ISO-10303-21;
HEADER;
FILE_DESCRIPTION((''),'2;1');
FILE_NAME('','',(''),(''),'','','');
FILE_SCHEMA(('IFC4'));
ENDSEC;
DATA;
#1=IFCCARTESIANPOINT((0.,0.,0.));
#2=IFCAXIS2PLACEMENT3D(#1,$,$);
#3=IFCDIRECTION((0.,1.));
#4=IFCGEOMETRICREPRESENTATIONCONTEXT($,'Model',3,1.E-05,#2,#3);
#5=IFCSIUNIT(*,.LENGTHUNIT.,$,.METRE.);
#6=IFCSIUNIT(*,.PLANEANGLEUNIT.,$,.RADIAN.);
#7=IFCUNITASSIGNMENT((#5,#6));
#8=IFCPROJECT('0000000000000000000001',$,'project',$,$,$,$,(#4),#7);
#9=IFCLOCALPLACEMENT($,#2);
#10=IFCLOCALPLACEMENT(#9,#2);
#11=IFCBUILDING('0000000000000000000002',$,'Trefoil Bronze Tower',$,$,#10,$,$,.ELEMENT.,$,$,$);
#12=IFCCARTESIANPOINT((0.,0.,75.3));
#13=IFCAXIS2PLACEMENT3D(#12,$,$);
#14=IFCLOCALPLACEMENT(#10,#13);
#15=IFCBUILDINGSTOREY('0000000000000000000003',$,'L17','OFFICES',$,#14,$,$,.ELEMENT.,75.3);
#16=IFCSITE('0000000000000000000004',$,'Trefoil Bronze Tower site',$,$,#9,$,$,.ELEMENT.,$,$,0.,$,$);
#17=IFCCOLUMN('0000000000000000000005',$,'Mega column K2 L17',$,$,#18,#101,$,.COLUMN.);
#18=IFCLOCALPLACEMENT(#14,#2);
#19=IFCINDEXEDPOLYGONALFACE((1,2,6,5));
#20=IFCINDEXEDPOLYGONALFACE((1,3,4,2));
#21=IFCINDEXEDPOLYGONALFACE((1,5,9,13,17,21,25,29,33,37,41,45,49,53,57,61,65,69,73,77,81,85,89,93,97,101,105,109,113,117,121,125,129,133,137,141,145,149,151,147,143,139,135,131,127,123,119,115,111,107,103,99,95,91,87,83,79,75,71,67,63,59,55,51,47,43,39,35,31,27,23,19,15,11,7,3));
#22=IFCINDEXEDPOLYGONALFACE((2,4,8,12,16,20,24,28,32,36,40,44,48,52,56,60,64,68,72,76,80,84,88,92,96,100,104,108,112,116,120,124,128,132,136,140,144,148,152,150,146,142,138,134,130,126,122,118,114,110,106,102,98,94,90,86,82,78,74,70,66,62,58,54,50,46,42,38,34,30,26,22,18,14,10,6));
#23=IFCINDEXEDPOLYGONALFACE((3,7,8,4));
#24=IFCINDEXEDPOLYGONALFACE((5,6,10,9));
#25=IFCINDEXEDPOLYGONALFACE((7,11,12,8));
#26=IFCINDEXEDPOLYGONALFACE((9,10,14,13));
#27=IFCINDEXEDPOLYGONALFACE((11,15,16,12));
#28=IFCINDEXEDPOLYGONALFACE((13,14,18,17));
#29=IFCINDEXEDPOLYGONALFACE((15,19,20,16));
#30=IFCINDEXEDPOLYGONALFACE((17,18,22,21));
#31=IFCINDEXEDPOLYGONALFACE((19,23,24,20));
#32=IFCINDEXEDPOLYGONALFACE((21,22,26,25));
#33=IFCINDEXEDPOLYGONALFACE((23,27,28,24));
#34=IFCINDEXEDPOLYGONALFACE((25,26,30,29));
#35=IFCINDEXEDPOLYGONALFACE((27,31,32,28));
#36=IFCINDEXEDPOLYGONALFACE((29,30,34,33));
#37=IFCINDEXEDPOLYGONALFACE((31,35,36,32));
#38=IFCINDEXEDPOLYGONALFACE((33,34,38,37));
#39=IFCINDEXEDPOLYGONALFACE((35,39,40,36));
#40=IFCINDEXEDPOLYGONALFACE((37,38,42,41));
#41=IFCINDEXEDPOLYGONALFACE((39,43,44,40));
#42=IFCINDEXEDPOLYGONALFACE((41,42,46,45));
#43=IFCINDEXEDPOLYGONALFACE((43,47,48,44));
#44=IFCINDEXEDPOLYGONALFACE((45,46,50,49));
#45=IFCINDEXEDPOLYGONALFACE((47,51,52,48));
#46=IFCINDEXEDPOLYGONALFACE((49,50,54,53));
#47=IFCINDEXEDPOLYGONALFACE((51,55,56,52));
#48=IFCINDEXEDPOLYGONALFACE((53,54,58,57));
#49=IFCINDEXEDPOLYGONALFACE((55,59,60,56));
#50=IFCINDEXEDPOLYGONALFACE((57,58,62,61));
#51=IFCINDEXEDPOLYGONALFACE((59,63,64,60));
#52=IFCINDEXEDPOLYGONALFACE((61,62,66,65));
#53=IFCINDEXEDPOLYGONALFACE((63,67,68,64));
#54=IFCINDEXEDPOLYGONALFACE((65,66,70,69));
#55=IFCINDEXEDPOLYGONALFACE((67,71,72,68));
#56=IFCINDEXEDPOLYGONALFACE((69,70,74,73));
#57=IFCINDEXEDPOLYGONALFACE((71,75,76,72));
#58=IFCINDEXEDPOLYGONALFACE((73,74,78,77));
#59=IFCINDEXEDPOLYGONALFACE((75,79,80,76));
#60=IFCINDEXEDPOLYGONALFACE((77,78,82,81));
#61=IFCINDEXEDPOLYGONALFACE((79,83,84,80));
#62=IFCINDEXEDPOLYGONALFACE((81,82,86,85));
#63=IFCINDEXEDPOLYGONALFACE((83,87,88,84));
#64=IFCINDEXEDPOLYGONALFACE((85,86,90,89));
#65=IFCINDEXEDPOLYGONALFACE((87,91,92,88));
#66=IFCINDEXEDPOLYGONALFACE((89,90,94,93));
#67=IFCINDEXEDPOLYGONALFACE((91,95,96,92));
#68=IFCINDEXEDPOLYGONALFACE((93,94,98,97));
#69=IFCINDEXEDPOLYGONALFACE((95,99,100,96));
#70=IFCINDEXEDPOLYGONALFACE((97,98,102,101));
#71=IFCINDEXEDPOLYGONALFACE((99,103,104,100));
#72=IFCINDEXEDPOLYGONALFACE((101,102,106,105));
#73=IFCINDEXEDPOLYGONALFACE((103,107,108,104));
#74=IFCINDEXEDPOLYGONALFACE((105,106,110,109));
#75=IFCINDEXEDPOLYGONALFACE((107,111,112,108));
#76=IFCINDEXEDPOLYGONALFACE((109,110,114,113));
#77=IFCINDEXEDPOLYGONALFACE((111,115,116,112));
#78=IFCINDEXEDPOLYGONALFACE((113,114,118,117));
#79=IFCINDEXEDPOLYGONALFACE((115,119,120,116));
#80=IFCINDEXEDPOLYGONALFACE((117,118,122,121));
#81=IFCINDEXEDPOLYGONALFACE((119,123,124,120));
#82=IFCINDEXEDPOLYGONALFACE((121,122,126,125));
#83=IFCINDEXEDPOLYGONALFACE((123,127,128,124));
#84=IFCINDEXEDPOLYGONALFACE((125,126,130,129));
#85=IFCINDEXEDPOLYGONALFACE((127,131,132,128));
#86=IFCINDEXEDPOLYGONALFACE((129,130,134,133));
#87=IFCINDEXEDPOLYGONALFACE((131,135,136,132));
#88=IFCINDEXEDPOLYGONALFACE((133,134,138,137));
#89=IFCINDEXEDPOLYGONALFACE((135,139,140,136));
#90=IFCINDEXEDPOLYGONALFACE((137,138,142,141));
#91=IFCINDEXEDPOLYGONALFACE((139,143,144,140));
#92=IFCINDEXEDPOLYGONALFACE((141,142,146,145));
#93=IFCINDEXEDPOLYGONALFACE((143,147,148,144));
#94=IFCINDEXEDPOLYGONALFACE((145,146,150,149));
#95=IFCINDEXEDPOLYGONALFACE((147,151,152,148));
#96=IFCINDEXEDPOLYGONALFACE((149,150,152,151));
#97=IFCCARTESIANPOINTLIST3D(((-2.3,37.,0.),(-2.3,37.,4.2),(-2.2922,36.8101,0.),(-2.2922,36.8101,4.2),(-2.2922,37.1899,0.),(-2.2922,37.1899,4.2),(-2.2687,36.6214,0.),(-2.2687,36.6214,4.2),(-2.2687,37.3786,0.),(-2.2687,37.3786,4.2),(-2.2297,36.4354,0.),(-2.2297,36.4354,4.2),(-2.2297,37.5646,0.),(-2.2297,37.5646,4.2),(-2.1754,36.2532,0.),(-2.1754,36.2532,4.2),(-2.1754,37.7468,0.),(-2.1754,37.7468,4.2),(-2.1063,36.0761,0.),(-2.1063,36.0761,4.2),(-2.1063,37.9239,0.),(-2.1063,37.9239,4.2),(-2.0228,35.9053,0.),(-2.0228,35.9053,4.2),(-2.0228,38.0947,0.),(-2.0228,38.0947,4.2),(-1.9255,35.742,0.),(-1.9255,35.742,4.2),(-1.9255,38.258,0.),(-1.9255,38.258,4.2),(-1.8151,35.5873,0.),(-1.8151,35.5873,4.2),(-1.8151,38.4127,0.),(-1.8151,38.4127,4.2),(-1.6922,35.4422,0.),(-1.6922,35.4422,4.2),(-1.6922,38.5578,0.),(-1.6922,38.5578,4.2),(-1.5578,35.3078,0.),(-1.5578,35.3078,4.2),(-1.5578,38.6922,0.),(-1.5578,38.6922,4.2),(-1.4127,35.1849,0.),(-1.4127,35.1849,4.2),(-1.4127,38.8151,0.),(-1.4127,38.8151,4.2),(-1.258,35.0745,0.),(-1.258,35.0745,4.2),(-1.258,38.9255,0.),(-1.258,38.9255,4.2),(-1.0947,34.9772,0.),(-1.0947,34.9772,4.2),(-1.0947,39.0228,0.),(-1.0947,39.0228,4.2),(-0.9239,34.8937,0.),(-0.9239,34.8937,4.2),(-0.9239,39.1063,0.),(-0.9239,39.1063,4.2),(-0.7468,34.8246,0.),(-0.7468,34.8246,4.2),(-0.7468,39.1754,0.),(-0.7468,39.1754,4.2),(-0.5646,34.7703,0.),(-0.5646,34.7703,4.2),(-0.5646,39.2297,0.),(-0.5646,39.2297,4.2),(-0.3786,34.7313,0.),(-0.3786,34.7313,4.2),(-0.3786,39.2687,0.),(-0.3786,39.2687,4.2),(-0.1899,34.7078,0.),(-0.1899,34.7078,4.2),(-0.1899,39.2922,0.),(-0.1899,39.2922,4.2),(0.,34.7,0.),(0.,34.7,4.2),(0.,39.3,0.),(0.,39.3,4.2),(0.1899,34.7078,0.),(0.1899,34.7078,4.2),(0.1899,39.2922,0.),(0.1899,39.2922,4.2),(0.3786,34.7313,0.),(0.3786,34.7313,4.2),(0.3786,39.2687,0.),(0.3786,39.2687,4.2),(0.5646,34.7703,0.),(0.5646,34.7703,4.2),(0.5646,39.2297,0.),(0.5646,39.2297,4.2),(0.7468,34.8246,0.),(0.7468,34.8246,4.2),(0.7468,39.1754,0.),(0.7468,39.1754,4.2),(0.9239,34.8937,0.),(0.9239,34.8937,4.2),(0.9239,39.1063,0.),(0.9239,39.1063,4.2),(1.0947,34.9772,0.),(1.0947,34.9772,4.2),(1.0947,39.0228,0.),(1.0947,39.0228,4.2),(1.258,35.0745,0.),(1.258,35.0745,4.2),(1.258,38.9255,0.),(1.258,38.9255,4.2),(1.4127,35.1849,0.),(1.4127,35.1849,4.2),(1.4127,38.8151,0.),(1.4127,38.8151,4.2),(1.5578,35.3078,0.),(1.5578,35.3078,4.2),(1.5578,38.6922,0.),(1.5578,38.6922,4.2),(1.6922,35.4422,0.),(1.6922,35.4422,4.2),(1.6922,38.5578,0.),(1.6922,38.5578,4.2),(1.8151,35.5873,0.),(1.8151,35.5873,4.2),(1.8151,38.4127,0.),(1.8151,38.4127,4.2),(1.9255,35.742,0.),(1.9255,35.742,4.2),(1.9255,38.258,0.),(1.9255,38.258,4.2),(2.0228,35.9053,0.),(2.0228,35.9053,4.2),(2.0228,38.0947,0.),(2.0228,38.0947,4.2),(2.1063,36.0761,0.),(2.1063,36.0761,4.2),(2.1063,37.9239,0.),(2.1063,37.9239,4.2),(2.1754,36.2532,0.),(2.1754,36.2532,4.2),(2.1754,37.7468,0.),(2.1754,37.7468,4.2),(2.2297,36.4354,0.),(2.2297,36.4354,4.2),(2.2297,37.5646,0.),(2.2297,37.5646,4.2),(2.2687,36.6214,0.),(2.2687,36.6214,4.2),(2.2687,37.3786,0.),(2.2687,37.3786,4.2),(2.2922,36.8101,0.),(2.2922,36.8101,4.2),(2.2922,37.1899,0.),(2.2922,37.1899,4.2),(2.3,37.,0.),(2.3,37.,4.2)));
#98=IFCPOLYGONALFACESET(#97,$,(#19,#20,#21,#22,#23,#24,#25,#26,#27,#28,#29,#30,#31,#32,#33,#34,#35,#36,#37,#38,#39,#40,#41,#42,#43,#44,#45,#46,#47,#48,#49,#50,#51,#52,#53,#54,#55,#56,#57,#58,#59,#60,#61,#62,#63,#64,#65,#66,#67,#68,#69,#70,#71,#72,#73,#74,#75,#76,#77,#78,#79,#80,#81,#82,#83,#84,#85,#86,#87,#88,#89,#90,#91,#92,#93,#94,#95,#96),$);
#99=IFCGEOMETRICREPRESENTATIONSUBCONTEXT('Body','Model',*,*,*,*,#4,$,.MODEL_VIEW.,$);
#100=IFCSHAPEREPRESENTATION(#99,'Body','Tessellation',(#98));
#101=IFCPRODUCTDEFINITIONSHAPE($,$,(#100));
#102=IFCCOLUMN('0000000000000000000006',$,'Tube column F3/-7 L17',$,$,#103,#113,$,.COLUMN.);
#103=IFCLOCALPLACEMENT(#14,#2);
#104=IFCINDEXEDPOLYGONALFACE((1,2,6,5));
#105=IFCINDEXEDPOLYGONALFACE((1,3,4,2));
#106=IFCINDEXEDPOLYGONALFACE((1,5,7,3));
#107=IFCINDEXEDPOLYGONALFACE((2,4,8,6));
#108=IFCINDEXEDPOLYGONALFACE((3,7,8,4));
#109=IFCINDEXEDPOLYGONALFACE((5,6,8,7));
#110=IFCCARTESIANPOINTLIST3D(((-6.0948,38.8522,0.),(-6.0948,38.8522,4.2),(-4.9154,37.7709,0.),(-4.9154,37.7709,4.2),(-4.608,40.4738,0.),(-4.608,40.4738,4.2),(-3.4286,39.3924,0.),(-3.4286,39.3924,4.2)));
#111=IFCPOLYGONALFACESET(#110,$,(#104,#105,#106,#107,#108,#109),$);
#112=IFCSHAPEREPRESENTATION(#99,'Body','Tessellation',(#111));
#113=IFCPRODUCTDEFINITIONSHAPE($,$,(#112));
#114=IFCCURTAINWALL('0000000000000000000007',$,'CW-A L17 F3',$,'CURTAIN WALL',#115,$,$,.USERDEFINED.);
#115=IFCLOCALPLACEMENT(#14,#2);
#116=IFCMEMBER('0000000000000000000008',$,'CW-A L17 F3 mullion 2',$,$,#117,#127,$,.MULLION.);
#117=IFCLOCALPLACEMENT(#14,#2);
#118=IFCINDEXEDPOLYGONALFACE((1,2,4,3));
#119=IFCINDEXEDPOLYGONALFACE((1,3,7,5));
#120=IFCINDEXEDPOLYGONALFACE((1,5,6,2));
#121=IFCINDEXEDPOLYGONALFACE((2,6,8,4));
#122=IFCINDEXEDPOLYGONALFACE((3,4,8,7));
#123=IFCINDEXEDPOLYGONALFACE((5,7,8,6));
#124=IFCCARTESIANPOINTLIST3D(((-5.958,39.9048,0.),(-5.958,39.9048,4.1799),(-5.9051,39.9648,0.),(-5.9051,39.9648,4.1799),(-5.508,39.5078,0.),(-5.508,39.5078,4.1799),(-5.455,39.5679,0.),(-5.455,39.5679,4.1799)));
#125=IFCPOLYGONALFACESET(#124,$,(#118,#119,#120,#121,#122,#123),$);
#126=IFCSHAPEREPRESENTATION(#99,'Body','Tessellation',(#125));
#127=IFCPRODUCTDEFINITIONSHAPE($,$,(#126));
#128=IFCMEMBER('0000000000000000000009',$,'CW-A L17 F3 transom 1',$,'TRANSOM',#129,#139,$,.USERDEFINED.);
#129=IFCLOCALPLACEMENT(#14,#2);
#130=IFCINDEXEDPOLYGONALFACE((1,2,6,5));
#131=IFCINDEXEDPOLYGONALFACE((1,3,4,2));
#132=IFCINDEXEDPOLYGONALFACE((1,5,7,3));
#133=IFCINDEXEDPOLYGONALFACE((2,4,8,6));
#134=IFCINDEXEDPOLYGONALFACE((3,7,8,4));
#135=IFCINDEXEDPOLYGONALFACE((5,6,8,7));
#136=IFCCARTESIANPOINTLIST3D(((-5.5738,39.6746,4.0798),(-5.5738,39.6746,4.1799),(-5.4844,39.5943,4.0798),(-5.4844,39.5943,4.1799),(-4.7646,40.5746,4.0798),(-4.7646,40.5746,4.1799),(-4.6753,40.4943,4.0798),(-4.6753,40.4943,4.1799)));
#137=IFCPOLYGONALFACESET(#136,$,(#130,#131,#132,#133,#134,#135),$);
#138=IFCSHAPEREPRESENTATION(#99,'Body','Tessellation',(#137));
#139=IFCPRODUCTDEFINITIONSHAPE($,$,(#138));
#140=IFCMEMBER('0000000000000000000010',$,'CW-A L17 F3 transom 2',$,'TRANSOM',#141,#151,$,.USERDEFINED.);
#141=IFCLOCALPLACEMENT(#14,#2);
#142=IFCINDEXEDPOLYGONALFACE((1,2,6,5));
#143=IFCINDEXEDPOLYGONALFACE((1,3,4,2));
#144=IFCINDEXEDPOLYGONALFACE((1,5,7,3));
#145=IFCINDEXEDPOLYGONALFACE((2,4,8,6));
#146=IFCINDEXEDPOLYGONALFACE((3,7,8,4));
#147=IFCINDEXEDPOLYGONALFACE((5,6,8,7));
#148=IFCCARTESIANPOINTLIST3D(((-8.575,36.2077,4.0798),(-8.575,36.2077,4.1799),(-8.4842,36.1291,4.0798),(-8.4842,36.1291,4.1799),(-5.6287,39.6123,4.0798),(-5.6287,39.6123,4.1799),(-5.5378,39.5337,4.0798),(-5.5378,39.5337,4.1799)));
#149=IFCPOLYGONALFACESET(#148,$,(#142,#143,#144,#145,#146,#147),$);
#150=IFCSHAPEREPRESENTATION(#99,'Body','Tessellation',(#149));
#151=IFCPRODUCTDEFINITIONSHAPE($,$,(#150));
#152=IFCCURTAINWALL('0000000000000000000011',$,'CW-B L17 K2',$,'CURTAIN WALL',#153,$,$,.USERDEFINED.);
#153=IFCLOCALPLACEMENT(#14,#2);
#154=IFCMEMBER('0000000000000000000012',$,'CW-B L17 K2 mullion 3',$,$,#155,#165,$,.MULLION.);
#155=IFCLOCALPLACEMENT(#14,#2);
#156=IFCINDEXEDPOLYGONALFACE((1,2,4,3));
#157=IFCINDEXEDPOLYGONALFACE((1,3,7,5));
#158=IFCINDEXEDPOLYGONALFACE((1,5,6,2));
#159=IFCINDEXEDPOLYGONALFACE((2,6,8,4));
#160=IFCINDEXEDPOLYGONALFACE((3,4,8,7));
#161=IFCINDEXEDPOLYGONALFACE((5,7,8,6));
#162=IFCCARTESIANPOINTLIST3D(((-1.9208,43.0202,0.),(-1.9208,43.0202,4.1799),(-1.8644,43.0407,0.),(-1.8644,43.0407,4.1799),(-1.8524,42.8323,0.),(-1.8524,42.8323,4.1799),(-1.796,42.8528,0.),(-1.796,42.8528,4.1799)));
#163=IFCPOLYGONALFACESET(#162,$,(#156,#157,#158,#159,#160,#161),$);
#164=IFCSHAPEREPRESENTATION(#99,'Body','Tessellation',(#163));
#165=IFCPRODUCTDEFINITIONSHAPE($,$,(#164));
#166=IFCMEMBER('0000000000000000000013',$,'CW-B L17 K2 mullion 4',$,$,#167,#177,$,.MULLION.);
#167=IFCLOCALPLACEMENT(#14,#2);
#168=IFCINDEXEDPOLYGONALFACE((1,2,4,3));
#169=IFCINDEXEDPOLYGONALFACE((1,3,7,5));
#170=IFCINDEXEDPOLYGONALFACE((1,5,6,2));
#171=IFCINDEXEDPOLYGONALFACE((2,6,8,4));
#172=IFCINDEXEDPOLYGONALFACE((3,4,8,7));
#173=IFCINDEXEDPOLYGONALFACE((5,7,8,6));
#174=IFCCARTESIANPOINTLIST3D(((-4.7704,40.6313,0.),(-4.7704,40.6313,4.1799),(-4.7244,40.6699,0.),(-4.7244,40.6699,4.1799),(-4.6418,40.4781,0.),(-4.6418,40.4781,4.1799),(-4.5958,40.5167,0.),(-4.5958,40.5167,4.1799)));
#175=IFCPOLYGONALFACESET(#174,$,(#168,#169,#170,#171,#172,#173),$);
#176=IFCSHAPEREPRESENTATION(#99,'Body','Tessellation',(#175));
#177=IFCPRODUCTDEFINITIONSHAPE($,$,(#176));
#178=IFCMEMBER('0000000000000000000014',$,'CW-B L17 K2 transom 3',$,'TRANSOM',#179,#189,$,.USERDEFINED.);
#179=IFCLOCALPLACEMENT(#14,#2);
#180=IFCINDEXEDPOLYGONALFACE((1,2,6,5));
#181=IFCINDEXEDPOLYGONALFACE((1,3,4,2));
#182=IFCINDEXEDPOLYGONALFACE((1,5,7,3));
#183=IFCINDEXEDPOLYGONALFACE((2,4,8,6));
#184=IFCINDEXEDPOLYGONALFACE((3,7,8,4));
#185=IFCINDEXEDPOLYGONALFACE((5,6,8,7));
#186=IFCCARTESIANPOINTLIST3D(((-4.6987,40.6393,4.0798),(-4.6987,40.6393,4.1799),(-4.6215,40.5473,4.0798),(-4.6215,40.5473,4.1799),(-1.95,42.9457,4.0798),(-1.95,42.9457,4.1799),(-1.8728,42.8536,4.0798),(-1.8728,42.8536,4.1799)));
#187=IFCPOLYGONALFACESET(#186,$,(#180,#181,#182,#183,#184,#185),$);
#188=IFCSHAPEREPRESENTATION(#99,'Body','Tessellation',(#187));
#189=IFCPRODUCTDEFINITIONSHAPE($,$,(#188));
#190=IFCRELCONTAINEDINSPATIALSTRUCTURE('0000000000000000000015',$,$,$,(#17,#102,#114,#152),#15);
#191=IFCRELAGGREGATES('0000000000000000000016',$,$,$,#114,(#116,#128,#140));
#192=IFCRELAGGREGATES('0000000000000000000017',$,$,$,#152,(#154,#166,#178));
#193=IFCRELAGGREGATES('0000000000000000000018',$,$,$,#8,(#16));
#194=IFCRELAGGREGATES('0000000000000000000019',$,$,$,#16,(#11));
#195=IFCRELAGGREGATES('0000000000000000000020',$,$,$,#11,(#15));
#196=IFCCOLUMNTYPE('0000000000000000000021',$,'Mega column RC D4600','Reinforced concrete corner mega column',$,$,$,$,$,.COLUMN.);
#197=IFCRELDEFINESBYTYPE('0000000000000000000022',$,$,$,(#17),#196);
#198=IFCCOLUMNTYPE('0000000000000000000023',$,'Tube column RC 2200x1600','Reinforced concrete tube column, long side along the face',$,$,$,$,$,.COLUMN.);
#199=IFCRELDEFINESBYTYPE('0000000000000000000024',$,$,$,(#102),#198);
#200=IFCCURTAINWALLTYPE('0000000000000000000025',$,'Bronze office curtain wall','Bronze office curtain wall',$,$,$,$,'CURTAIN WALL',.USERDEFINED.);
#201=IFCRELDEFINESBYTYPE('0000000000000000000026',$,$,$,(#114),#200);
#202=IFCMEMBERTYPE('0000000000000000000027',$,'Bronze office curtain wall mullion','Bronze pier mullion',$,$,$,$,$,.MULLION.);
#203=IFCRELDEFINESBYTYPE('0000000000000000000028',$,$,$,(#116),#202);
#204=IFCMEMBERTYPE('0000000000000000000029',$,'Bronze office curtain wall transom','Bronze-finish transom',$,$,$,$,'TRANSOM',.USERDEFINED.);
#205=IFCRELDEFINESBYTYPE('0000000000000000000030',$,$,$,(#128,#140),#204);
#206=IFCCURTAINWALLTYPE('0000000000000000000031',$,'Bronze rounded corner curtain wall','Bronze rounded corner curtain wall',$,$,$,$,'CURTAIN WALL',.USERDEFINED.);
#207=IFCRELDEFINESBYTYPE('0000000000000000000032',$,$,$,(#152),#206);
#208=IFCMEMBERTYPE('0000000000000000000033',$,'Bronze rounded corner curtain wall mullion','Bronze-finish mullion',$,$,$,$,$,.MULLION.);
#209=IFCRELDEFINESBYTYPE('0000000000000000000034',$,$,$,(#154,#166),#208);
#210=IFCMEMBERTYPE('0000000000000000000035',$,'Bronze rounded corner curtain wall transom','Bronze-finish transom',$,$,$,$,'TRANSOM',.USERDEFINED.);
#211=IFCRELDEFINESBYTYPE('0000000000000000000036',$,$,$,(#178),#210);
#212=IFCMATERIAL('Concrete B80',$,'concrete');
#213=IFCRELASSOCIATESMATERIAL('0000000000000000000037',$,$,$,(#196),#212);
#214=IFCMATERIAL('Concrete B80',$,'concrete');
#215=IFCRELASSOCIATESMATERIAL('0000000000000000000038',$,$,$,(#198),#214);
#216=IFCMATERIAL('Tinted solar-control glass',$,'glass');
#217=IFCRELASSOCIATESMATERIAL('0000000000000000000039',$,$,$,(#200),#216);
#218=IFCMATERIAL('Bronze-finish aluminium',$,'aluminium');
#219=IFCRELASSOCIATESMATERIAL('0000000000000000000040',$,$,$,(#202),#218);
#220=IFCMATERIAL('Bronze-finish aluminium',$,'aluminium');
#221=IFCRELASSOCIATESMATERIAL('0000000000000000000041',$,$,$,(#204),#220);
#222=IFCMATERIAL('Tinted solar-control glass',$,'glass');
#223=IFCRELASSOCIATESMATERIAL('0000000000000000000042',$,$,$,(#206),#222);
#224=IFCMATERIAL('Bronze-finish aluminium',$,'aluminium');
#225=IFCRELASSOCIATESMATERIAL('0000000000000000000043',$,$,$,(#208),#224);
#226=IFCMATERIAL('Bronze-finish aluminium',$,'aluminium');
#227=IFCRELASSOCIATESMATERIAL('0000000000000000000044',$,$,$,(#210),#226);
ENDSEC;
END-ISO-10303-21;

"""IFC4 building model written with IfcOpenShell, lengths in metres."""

from ifc_helpers import new_model, si_unit, direction, frame, origin, origin_2d, place, context, subcontext, project, spatial, rectangle, circle, extrude, material, material_profile, profile_set, type_object, element, aggregate, save


model = new_model("IFC4")

# Units and contexts
model_context = context("Model", 3, precision=1e-05, world=origin(), true_north=direction((0.0, 1.0)))
body_context = subcontext(model_context, "Body", "Model", "MODEL_VIEW")
ifc_project = project(units=[si_unit("LENGTHUNIT", "METRE"), si_unit("PLANEANGLEUNIT", "RADIAN")], contexts=[model_context])

# Site, building, storey
site_placement = place(None, origin())
site = spatial("IfcSite", under=ifc_project, at=site_placement, Name="Trefoil Bronze Tower site", CompositionType="ELEMENT", RefElevation=0.0)
building_placement = place(site_placement, origin())
building = spatial("IfcBuilding", under=site, at=building_placement, Name="Trefoil Bronze Tower", CompositionType="ELEMENT")
storey_placement = place(building_placement, frame((0.0, 0.0, 75.3)))
storey = spatial("IfcBuildingStorey", under=building, at=storey_placement, Name="L17", Description="OFFICES", CompositionType="ELEMENT", Elevation=75.3)

# Columns
ifc_material_1 = material(Name="Concrete B80", Category="concrete")
ifc_material_profile_1 = material_profile(ifc_material_1, circle(Radius=2.3, at=origin_2d()), Name="RC D4600")
ifc_profile_set_1 = profile_set([ifc_material_profile_1], Name="Concrete B80")
column_type_1 = type_object("IfcColumnType", Name="Mega column RC D4600", Description="Reinforced concrete corner mega column", PredefinedType="COLUMN", material=ifc_profile_set_1)
column_1_placement = place(storey_placement, frame((0.0, 37.0, 0.0), z_axis=(0.0, 0.0, 1.0), x_axis=(1.0, 0.0, 0.0)))
element("IfcColumn", 1, at=column_1_placement, inside=storey, type_object=column_type_1, Name="Mega column K2 L17", PredefinedType="COLUMN", context=body_context, shape_type="SweptSolid", body=[
    extrude(circle(Radius=2.3, at=origin_2d()), origin(), (0.0, 0.0, 1.0), 4.2),
])
ifc_material_2 = material(Name="Concrete B80", Category="concrete")
ifc_material_profile_2 = material_profile(ifc_material_2, rectangle(XDim=2.2, YDim=1.6001, at=origin_2d()), Name="RC 2200x1600")
ifc_profile_set_2 = profile_set([ifc_material_profile_2], Name="Concrete B80")
column_type_2 = type_object("IfcColumnType", Name="Tube column RC 2200x1600", Description="Reinforced concrete tube column, long side along the face", PredefinedType="COLUMN", material=ifc_profile_set_2)
column_2_placement = place(storey_placement, frame((-4.7617, 39.1223, 0.0), z_axis=(0.0, 0.0, 1.0), x_axis=(-0.675816, -0.73707, 0.0)))
element("IfcColumn", 2, at=column_2_placement, inside=storey, type_object=column_type_2, Name="Tube column F3/-7 L17", PredefinedType="COLUMN", context=body_context, shape_type="SweptSolid", body=[
    extrude(rectangle(XDim=2.2, YDim=1.6001, at=origin_2d()), origin(), (0.0, 0.0, 1.0), 4.2),
])

# Curtain walls, members
ifc_material_3 = material(Name="Tinted solar-control glass", Category="glass")
curtain_wall_type_1 = type_object("IfcCurtainWallType", Name="Bronze office curtain wall", Description="Bronze office curtain wall", ElementType="CURTAIN WALL", PredefinedType="USERDEFINED", material=ifc_material_3)
curtain_wall_1_placement = place(storey_placement, origin())
curtain_wall_1 = element("IfcCurtainWall", 3, at=curtain_wall_1_placement, inside=storey, type_object=curtain_wall_type_1, Name="CW-A L17 F3", ObjectType="CURTAIN WALL", PredefinedType="USERDEFINED")
ifc_material_4 = material(Name="Bronze-finish aluminium", Category="aluminium")
ifc_material_profile_3 = material_profile(ifc_material_4, rectangle(XDim=0.6001, YDim=0.0801, at=origin_2d()), Name="CW-A mullion")
ifc_profile_set_3 = profile_set([ifc_material_profile_3], Name="Bronze-finish aluminium")
member_type_1 = type_object("IfcMemberType", Name="Bronze office curtain wall mullion", Description="Bronze pier mullion", PredefinedType="MULLION", material=ifc_profile_set_3)
member_1_placement = place(storey_placement, frame((-5.7065, 39.7363, 0.0), z_axis=(0.0, 0.0, 1.0), x_axis=(0.749941, -0.661505, 0.0)))
member_1 = element("IfcMember", 4, at=member_1_placement, type_object=member_type_1, Name="CW-A L17 F3 mullion 2", PredefinedType="MULLION", context=body_context, shape_type="SweptSolid", body=[
    extrude(rectangle(XDim=0.6001, YDim=0.0801, at=origin_2d()), origin(), (0.0, 0.0, 1.0), 4.1799),
])
ifc_material_5 = material(Name="Bronze-finish aluminium", Category="aluminium")
ifc_material_profile_4 = material_profile(ifc_material_5, rectangle(XDim=0.1201, YDim=0.1001, at=origin_2d()), Name="CW-A transom")
ifc_profile_set_4 = profile_set([ifc_material_profile_4], Name="Bronze-finish aluminium")
member_type_2 = type_object("IfcMemberType", Name="Bronze office curtain wall transom", Description="Bronze-finish transom", ElementType="TRANSOM", PredefinedType="USERDEFINED", material=ifc_profile_set_4)
member_2_placement = place(storey_placement, frame((-4.72, 40.5344, 4.1299), z_axis=(-0.668586, -0.743635, 0.0), x_axis=(0.743635, -0.668586, 0.0)))
member_2 = element("IfcMember", 5, at=member_2_placement, type_object=member_type_2, Name="CW-A L17 F3 transom 1", ObjectType="TRANSOM", PredefinedType="USERDEFINED", context=body_context, shape_type="SweptSolid", body=[
    extrude(rectangle(XDim=0.1201, YDim=0.1001, at=origin_2d()), origin(), (0.0, 0.0, 1.0), 1.2102),
])
member_3_placement = place(storey_placement, frame((-5.5833, 39.573, 4.1299), z_axis=(-0.654383, -0.756163, 0.0), x_axis=(0.756163, -0.654383, 0.0)))
member_3 = element("IfcMember", 6, at=member_3_placement, type_object=member_type_2, Name="CW-A L17 F3 transom 2", ObjectType="TRANSOM", PredefinedType="USERDEFINED", context=body_context, shape_type="SweptSolid", body=[
    extrude(rectangle(XDim=0.1201, YDim=0.1001, at=origin_2d()), origin(), (0.0, 0.0, 1.0), 4.5024),
])
ifc_material_6 = material(Name="Tinted solar-control glass", Category="glass")
curtain_wall_type_2 = type_object("IfcCurtainWallType", Name="Bronze rounded corner curtain wall", Description="Bronze rounded corner curtain wall", ElementType="CURTAIN WALL", PredefinedType="USERDEFINED", material=ifc_material_6)
curtain_wall_2_placement = place(storey_placement, origin())
curtain_wall_2 = element("IfcCurtainWall", 7, at=curtain_wall_2_placement, inside=storey, type_object=curtain_wall_type_2, Name="CW-B L17 K2", ObjectType="CURTAIN WALL", PredefinedType="USERDEFINED")
ifc_material_7 = material(Name="Bronze-finish aluminium", Category="aluminium")
ifc_material_profile_5 = material_profile(ifc_material_7, rectangle(XDim=0.2, YDim=0.0601, at=origin_2d()), Name="CW-B mullion")
ifc_profile_set_5 = profile_set([ifc_material_profile_5], Name="Bronze-finish aluminium")
member_type_3 = type_object("IfcMemberType", Name="Bronze rounded corner curtain wall mullion", Description="Bronze-finish mullion", PredefinedType="MULLION", material=ifc_profile_set_5)
member_4_placement = place(storey_placement, frame((-1.8584, 42.9365, 0.0), z_axis=(0.0, 0.0, 1.0), x_axis=(0.34202, -0.939693, 0.0)))
member_4 = element("IfcMember", 8, at=member_4_placement, type_object=member_type_3, Name="CW-B L17 K2 mullion 3", PredefinedType="MULLION", context=body_context, shape_type="SweptSolid", body=[
    extrude(rectangle(XDim=0.2, YDim=0.0601, at=origin_2d()), origin(), (0.0, 0.0, 1.0), 4.1799),
])
member_5_placement = place(storey_placement, frame((-4.6831, 40.574, 0.0), z_axis=(0.0, 0.0, 1.0), x_axis=(0.642788, -0.766044, 0.0)))
member_5 = element("IfcMember", 9, at=member_5_placement, type_object=member_type_3, Name="CW-B L17 K2 mullion 4", PredefinedType="MULLION", context=body_context, shape_type="SweptSolid", body=[
    extrude(rectangle(XDim=0.2, YDim=0.0601, at=origin_2d()), origin(), (0.0, 0.0, 1.0), 4.1799),
])
ifc_material_8 = material(Name="Bronze-finish aluminium", Category="aluminium")
ifc_material_profile_6 = material_profile(ifc_material_8, rectangle(XDim=0.1201, YDim=0.1001, at=origin_2d()), Name="CW-B transom")
ifc_profile_set_6 = profile_set([ifc_material_profile_6], Name="Bronze-finish aluminium")
member_type_4 = type_object("IfcMemberType", Name="Bronze rounded corner curtain wall transom", Description="Bronze-finish transom", ElementType="TRANSOM", PredefinedType="USERDEFINED", material=ifc_profile_set_6)
member_6_placement = place(storey_placement, frame((-1.9114, 42.8997, 4.1299), z_axis=(-0.766059, -0.642771, 0.0), x_axis=(0.642771, -0.766059, 0.0)))
member_6 = element("IfcMember", 10, at=member_6_placement, type_object=member_type_4, Name="CW-B L17 K2 transom 3", ObjectType="TRANSOM", PredefinedType="USERDEFINED", context=body_context, shape_type="SweptSolid", body=[
    extrude(rectangle(XDim=0.1201, YDim=0.1001, at=origin_2d()), origin(), (0.0, 0.0, 1.0), 3.5881),
])

aggregate(curtain_wall_1, [member_1, member_2, member_3])
aggregate(curtain_wall_2, [member_4, member_5, member_6])

save(model, "model.ifc")
